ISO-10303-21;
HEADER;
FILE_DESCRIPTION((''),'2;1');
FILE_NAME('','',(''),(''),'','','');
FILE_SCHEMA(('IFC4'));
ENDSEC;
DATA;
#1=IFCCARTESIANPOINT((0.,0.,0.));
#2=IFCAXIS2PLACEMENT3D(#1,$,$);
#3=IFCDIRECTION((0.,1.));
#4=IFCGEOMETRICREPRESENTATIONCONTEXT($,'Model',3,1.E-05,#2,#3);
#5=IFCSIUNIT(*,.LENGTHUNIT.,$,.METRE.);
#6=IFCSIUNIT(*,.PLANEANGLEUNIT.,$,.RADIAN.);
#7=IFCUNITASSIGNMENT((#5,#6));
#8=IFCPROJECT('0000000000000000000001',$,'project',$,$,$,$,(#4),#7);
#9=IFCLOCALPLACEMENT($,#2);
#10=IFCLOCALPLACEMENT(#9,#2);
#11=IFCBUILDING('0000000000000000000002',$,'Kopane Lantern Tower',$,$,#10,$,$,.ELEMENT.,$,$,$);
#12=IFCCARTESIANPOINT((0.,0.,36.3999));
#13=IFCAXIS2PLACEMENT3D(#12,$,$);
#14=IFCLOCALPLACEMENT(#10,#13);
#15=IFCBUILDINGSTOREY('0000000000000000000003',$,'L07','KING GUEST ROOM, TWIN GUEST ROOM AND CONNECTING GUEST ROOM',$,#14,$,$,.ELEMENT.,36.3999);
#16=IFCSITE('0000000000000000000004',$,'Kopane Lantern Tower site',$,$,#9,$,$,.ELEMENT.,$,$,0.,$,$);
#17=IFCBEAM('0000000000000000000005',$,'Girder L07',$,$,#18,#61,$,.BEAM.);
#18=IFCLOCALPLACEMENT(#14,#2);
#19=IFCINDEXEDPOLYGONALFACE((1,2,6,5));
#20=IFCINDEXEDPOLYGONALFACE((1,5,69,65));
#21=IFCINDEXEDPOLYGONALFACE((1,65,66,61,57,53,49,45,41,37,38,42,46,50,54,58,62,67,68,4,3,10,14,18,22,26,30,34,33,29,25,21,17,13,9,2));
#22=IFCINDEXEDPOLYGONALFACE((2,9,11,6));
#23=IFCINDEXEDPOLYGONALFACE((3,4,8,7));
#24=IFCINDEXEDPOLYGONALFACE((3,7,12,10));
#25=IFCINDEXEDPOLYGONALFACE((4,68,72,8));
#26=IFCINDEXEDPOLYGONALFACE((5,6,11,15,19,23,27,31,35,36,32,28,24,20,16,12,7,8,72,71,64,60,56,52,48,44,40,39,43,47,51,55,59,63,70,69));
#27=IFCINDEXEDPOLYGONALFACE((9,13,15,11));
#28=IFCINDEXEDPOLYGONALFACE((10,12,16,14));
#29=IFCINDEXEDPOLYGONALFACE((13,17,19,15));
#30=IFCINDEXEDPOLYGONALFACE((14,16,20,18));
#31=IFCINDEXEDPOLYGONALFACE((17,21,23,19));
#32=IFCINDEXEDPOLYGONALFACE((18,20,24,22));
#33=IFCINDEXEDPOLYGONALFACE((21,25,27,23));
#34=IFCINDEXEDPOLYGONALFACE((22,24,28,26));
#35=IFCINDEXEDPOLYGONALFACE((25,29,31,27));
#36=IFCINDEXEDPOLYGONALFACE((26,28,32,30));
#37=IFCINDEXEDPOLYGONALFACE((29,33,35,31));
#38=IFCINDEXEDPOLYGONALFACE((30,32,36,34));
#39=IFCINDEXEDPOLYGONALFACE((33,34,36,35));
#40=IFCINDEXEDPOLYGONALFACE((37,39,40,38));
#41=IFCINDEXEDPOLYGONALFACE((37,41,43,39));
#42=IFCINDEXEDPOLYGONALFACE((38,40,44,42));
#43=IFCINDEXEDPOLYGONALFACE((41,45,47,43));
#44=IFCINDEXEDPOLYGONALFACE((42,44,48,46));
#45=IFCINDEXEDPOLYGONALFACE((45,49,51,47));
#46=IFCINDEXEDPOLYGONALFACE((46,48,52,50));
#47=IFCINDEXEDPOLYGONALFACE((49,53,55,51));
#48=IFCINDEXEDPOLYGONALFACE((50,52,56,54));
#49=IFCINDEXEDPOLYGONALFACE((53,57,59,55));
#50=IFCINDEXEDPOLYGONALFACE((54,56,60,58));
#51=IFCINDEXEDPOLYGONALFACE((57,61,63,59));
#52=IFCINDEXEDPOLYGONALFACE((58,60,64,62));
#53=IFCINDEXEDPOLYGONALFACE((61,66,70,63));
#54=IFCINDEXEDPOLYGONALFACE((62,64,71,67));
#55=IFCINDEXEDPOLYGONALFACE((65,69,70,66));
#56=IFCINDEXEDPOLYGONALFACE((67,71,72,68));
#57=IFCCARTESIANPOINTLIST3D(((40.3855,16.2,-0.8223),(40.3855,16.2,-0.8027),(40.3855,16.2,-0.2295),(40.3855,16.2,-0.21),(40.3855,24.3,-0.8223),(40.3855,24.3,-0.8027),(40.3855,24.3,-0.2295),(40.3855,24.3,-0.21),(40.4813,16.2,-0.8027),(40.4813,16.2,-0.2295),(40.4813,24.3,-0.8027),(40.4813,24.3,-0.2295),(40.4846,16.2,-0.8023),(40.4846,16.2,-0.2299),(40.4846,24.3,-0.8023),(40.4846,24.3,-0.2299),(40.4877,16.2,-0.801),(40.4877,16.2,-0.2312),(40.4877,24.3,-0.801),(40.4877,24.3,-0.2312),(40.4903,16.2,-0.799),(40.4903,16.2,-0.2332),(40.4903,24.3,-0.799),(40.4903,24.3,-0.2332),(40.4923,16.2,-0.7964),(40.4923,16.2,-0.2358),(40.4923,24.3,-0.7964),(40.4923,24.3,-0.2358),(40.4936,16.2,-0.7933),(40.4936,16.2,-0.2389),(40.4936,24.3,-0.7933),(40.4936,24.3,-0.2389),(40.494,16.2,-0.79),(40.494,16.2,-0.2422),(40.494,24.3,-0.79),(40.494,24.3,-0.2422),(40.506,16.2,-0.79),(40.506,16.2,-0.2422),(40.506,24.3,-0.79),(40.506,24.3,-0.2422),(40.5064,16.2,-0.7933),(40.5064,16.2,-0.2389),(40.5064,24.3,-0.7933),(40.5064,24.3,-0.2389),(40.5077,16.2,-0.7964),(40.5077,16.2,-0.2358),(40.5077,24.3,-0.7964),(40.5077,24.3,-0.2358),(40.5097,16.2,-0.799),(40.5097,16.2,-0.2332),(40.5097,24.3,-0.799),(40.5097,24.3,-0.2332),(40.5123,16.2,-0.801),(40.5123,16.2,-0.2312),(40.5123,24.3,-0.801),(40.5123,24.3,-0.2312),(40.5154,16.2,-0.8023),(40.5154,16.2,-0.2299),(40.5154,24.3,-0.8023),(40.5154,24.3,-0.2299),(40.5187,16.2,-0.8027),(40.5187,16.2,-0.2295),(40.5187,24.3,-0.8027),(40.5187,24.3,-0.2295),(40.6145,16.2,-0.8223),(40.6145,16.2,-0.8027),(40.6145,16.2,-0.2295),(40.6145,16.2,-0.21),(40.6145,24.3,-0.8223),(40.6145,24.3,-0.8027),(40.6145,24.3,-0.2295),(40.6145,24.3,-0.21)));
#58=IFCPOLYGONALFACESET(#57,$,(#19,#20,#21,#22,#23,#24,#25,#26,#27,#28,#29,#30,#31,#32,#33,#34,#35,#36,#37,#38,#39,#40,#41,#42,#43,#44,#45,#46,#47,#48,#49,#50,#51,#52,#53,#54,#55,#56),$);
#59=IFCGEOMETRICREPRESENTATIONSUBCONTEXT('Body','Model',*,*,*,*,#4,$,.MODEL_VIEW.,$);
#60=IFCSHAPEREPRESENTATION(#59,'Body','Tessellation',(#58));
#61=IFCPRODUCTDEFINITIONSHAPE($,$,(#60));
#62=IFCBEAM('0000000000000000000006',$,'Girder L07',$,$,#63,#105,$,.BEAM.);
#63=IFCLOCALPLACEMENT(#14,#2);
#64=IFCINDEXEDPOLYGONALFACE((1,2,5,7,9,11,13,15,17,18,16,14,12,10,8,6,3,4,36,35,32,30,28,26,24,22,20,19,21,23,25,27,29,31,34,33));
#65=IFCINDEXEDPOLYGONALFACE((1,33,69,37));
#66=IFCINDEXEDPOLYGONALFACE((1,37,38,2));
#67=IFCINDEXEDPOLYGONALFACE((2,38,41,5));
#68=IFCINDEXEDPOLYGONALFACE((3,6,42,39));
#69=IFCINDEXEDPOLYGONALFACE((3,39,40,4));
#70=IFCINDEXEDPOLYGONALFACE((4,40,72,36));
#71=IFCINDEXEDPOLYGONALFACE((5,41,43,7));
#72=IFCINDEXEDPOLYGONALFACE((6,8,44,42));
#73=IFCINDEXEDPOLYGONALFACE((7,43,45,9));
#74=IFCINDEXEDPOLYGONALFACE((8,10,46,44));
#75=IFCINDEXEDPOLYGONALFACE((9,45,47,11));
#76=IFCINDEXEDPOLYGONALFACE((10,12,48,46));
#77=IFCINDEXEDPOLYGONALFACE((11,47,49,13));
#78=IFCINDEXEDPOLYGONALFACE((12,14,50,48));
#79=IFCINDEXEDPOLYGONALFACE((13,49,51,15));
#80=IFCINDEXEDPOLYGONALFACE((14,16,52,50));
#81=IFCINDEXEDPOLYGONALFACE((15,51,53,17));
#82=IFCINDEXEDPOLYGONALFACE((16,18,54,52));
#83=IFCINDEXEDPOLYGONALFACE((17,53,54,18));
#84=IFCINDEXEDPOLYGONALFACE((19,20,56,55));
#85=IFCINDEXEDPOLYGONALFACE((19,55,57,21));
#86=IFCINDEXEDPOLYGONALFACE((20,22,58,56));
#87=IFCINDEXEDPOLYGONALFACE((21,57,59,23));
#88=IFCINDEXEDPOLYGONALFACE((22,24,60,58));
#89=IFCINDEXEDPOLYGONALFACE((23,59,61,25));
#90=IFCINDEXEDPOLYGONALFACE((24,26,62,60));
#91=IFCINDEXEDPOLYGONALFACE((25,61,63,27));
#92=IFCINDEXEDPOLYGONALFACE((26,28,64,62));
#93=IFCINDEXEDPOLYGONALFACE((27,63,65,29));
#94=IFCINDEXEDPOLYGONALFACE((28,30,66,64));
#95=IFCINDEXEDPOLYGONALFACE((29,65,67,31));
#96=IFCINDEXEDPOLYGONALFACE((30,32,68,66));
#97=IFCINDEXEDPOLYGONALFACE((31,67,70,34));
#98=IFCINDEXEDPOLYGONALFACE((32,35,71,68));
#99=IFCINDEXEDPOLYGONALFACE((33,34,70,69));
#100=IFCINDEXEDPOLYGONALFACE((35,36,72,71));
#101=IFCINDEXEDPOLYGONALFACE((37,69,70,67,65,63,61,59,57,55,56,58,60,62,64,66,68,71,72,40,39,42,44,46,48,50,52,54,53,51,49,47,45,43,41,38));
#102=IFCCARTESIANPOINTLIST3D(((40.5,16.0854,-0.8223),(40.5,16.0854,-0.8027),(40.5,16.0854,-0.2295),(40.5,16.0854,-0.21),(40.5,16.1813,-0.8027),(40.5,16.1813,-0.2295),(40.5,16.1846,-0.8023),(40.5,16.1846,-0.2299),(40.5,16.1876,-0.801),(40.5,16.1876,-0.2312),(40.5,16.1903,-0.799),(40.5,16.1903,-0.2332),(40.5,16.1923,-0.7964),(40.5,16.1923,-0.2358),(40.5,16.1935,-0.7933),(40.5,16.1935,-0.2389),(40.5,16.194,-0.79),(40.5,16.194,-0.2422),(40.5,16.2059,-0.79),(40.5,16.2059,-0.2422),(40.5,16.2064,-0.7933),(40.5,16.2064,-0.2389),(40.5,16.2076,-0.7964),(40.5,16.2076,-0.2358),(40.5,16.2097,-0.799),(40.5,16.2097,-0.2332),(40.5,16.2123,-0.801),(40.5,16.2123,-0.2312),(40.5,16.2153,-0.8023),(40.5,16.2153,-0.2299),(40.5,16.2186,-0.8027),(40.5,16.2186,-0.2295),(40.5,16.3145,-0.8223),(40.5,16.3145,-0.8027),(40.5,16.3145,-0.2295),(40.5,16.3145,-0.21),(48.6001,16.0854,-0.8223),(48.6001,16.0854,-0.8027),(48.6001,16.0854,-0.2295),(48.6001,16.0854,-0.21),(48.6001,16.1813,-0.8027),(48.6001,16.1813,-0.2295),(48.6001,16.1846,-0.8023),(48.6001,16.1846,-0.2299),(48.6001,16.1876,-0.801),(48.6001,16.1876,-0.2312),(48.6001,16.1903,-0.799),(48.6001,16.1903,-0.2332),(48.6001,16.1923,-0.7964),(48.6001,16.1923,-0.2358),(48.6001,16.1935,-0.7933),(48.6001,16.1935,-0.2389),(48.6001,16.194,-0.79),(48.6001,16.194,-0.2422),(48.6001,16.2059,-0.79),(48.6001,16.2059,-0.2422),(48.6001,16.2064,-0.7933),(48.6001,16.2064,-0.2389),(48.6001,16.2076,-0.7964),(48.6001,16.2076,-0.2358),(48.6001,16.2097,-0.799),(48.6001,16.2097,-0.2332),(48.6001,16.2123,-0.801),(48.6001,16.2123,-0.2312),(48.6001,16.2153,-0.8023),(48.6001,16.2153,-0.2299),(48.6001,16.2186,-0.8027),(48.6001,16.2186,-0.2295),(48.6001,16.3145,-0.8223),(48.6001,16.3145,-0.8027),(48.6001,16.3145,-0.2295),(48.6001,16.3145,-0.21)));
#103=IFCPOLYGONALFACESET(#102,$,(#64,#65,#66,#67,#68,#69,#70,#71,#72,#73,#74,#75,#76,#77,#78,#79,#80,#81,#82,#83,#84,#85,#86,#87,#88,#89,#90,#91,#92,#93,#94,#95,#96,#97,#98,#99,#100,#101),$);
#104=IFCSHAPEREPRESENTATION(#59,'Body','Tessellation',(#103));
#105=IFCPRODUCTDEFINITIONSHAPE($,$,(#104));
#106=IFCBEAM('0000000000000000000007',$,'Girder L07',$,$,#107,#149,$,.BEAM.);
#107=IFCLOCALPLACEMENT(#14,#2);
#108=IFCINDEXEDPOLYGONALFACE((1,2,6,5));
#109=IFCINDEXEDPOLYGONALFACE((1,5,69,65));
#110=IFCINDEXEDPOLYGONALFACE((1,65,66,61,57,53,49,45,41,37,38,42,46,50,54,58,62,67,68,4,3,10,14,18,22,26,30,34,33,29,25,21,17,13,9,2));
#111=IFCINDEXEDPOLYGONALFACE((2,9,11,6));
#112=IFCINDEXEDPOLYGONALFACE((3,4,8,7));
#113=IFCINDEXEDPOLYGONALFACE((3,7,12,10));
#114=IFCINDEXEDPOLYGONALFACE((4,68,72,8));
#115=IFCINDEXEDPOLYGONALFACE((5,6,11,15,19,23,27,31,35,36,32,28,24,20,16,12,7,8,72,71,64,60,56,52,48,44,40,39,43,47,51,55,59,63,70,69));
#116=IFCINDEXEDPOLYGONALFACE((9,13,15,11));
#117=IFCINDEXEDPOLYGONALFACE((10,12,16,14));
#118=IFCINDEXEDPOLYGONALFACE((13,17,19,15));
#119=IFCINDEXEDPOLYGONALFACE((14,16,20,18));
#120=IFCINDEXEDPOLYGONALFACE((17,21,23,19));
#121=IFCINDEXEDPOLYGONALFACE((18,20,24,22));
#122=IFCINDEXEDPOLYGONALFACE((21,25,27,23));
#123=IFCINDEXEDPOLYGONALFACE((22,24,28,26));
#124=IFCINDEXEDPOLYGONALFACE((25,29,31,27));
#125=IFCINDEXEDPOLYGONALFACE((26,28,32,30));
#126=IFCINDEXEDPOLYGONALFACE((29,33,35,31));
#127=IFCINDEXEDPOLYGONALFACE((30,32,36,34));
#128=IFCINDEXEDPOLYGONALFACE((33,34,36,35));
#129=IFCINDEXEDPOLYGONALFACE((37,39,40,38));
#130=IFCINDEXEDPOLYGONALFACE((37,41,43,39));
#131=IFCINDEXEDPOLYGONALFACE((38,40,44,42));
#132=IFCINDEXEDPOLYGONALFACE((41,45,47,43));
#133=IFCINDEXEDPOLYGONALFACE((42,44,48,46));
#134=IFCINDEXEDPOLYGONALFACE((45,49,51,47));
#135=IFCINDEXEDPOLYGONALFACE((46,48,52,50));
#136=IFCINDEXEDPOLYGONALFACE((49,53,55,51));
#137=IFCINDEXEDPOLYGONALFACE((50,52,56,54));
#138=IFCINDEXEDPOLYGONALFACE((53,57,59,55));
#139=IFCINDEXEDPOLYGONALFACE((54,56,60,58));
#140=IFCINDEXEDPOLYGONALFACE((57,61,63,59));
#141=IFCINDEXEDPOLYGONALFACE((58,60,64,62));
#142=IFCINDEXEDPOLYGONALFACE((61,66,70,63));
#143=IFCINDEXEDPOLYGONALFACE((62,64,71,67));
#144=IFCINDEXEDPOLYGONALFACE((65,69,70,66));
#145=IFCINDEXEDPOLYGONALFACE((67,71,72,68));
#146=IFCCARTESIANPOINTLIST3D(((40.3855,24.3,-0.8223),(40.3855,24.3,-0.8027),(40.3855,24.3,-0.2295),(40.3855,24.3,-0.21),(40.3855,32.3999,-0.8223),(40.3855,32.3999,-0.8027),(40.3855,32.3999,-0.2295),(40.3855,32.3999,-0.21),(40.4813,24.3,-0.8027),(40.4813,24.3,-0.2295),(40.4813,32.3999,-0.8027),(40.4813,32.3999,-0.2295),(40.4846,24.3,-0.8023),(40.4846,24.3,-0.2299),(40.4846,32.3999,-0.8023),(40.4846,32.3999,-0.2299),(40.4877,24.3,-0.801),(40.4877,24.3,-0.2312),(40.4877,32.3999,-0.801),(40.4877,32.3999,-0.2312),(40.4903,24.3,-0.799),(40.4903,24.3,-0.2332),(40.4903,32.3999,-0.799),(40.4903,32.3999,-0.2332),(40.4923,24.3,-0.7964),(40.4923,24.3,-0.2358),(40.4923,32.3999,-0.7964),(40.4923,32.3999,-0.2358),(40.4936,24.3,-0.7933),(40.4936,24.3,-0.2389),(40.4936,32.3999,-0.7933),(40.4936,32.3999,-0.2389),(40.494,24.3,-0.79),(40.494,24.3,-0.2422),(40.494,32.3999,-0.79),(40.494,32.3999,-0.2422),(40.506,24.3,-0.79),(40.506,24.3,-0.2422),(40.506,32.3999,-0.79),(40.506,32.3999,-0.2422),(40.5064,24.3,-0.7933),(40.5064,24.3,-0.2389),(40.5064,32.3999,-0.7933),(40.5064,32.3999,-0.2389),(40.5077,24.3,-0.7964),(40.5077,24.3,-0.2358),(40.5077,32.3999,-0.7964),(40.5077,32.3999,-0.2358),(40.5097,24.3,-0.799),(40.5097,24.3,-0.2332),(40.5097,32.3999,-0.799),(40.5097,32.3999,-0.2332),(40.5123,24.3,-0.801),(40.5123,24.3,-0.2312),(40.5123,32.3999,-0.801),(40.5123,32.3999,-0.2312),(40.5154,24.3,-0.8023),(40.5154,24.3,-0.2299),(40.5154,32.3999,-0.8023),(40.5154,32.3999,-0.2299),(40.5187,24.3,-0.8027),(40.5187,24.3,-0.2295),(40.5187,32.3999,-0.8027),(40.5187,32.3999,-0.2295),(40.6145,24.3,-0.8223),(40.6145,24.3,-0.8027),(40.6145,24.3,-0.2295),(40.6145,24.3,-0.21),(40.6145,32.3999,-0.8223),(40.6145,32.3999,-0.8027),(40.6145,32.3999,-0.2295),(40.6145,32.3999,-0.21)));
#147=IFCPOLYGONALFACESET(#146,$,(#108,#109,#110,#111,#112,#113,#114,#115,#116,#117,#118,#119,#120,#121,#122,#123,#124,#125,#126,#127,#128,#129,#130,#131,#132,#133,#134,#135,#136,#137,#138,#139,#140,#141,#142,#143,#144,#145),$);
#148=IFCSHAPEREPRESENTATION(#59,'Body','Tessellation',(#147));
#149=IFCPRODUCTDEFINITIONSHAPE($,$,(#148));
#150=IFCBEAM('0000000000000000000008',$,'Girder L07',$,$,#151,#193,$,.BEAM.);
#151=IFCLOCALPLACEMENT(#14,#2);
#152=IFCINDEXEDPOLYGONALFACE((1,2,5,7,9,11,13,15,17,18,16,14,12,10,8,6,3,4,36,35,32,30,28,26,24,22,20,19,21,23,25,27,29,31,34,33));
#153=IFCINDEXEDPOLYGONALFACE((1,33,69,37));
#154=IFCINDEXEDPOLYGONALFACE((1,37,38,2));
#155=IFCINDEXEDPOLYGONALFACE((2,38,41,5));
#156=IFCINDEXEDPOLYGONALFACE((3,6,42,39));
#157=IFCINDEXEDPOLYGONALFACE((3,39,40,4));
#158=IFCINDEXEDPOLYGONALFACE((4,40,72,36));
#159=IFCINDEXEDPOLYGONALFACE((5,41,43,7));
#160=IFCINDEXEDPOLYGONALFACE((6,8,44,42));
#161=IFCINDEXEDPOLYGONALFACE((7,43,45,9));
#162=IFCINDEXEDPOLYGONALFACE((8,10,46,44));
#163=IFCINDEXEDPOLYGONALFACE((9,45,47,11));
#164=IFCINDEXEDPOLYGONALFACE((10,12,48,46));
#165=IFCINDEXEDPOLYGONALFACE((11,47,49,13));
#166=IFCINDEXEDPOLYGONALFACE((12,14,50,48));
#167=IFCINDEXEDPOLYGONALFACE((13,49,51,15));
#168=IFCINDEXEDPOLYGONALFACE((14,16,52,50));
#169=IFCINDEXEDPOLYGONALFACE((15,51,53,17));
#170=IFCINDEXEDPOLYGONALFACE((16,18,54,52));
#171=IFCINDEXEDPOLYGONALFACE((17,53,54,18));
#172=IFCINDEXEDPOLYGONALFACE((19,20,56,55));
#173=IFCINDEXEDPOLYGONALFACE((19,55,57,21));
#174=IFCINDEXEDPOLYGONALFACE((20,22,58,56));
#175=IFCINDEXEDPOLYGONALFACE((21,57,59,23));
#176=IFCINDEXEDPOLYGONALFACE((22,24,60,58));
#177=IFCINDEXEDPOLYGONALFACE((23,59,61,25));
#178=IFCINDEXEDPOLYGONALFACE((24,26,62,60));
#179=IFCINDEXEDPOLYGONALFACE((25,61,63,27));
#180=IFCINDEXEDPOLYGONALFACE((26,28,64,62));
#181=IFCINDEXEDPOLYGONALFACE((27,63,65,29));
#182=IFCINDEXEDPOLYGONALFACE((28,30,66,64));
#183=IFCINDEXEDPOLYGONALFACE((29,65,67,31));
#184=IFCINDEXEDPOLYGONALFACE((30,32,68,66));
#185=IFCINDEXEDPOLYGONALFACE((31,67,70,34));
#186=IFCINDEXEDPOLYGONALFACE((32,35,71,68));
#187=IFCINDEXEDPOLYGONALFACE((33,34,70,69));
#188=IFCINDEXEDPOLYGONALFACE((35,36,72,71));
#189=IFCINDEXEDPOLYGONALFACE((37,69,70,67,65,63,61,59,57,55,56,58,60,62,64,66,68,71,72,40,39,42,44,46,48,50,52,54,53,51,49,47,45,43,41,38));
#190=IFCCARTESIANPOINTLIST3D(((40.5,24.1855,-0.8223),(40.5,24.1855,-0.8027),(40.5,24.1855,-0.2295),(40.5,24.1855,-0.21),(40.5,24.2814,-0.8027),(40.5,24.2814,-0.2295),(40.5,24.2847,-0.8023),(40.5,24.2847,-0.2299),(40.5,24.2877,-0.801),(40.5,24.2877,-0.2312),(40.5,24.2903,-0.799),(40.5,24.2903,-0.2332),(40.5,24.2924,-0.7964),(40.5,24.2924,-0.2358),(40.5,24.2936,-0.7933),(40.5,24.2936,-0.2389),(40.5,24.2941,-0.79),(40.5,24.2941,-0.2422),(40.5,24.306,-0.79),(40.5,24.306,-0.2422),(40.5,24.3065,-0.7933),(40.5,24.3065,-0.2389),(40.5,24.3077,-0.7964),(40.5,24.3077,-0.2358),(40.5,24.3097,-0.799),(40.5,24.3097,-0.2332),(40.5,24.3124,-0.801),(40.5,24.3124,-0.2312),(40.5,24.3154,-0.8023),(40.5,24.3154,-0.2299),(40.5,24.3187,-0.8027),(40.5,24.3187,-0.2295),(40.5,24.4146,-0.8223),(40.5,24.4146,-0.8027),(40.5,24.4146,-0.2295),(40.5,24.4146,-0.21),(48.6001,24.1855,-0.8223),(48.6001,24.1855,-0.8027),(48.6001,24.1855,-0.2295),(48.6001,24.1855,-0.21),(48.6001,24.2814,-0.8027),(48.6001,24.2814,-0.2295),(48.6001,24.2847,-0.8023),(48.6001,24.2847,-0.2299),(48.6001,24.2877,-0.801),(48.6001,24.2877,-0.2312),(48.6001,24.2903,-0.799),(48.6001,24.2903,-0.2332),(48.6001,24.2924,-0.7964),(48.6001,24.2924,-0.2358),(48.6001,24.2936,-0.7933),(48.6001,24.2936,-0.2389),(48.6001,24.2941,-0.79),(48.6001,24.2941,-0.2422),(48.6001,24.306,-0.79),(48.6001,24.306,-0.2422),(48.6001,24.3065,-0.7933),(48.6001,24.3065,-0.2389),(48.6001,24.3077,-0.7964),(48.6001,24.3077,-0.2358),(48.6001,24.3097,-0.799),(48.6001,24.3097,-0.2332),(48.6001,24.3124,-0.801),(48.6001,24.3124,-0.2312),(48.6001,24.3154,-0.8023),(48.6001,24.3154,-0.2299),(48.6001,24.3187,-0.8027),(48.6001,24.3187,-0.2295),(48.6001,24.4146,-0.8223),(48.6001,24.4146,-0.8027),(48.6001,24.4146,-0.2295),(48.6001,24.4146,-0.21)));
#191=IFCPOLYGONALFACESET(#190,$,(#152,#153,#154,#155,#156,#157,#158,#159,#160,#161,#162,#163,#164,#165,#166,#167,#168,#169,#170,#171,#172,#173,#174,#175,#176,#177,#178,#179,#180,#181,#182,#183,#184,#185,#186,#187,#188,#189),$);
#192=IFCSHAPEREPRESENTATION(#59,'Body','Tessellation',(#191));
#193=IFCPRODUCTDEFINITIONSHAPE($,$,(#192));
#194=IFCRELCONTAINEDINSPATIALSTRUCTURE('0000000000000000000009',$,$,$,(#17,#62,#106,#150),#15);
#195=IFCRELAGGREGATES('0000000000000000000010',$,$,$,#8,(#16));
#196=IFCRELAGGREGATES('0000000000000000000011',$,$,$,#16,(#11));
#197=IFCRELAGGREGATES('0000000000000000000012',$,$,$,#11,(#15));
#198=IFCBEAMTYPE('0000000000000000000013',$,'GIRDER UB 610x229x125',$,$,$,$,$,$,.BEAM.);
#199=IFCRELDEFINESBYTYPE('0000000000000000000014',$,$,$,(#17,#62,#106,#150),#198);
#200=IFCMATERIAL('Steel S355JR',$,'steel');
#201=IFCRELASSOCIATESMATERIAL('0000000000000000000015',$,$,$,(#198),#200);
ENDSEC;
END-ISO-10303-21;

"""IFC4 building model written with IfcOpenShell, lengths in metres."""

from ifc_helpers import new_model, si_unit, direction, frame, origin, origin_2d, place, context, subcontext, project, spatial, i_section, extrude, material, material_profile, profile_set, type_object, element, save


model = new_model("IFC4")

# Units and contexts
model_context = context("Model", 3, precision=1e-05, world=origin(), true_north=direction((0.0, 1.0)))
body_context = subcontext(model_context, "Body", "Model", "MODEL_VIEW")
ifc_project = project(units=[si_unit("LENGTHUNIT", "METRE"), si_unit("PLANEANGLEUNIT", "RADIAN")], contexts=[model_context])

# Site, building, storey
site_placement = place(None, origin())
site = spatial("IfcSite", under=ifc_project, at=site_placement, Name="Kopane Lantern Tower site", CompositionType="ELEMENT", RefElevation=0.0)
building_placement = place(site_placement, origin())
building = spatial("IfcBuilding", under=site, at=building_placement, Name="Kopane Lantern Tower", CompositionType="ELEMENT")
storey_placement = place(building_placement, frame((0.0, 0.0, 36.3999)))
storey = spatial("IfcBuildingStorey", under=building, at=storey_placement, Name="L07", Description="KING GUEST ROOM, TWIN GUEST ROOM AND CONNECTING GUEST ROOM", CompositionType="ELEMENT", Elevation=36.3999)

# Beams
ifc_material_1 = material(Name="Steel S355JR", Category="steel")
ifc_material_profile_1 = material_profile(ifc_material_1, i_section(OverallWidth=0.229, OverallDepth=0.6123, WebThickness=0.012, FlangeThickness=0.0195, FilletRadius=0.0127, at=origin_2d()), Name="UB 610x229x125")
ifc_profile_set_1 = profile_set([ifc_material_profile_1], Name="Steel S355JR")
beam_type_1 = type_object("IfcBeamType", Name="GIRDER UB 610x229x125", PredefinedType="BEAM", material=ifc_profile_set_1)
for number, where, z_axis, x_axis, name in (
    (1, (40.5, 16.2, -0.5161), (0.0, 1.0, 0.0), (-1.0, 0.0, 0.0), "Girder L07"),
    (2, (40.5, 16.2, -0.5161), (1.0, 0.0, 0.0), (0.0, 1.0, 0.0), "Girder L07"),
):
    element("IfcBeam", number, at=place(storey_placement, frame(where, z_axis=z_axis, x_axis=x_axis)), inside=storey, type_object=beam_type_1, Name=name, PredefinedType="BEAM", context=body_context, shape_type="SweptSolid", body=[
        extrude(i_section(OverallWidth=0.229, OverallDepth=0.6123, WebThickness=0.012, FlangeThickness=0.0195, FilletRadius=0.0127, at=origin_2d()), origin(), (0.0, 0.0, 1.0), 8.1001),
    ])
beam_1_placement = place(storey_placement, frame((40.5, 24.3, -0.5161), z_axis=(0.0, 1.0, 0.0), x_axis=(-1.0, 0.0, 0.0)))
element("IfcBeam", 3, at=beam_1_placement, inside=storey, type_object=beam_type_1, Name="Girder L07", PredefinedType="BEAM", context=body_context, shape_type="SweptSolid", body=[
    extrude(i_section(OverallWidth=0.229, OverallDepth=0.6123, WebThickness=0.012, FlangeThickness=0.0195, FilletRadius=0.0127, at=origin_2d()), origin(), (0.0, 0.0, 1.0), 8.0999),
])
beam_2_placement = place(storey_placement, frame((40.5, 24.3, -0.5161), z_axis=(1.0, 0.0, 0.0), x_axis=(0.0, 1.0, 0.0)))
element("IfcBeam", 4, at=beam_2_placement, inside=storey, type_object=beam_type_1, Name="Girder L07", PredefinedType="BEAM", context=body_context, shape_type="SweptSolid", body=[
    extrude(i_section(OverallWidth=0.229, OverallDepth=0.6123, WebThickness=0.012, FlangeThickness=0.0195, FilletRadius=0.0127, at=origin_2d()), origin(), (0.0, 0.0, 1.0), 8.1001),
])

save(model, "model.ifc")
